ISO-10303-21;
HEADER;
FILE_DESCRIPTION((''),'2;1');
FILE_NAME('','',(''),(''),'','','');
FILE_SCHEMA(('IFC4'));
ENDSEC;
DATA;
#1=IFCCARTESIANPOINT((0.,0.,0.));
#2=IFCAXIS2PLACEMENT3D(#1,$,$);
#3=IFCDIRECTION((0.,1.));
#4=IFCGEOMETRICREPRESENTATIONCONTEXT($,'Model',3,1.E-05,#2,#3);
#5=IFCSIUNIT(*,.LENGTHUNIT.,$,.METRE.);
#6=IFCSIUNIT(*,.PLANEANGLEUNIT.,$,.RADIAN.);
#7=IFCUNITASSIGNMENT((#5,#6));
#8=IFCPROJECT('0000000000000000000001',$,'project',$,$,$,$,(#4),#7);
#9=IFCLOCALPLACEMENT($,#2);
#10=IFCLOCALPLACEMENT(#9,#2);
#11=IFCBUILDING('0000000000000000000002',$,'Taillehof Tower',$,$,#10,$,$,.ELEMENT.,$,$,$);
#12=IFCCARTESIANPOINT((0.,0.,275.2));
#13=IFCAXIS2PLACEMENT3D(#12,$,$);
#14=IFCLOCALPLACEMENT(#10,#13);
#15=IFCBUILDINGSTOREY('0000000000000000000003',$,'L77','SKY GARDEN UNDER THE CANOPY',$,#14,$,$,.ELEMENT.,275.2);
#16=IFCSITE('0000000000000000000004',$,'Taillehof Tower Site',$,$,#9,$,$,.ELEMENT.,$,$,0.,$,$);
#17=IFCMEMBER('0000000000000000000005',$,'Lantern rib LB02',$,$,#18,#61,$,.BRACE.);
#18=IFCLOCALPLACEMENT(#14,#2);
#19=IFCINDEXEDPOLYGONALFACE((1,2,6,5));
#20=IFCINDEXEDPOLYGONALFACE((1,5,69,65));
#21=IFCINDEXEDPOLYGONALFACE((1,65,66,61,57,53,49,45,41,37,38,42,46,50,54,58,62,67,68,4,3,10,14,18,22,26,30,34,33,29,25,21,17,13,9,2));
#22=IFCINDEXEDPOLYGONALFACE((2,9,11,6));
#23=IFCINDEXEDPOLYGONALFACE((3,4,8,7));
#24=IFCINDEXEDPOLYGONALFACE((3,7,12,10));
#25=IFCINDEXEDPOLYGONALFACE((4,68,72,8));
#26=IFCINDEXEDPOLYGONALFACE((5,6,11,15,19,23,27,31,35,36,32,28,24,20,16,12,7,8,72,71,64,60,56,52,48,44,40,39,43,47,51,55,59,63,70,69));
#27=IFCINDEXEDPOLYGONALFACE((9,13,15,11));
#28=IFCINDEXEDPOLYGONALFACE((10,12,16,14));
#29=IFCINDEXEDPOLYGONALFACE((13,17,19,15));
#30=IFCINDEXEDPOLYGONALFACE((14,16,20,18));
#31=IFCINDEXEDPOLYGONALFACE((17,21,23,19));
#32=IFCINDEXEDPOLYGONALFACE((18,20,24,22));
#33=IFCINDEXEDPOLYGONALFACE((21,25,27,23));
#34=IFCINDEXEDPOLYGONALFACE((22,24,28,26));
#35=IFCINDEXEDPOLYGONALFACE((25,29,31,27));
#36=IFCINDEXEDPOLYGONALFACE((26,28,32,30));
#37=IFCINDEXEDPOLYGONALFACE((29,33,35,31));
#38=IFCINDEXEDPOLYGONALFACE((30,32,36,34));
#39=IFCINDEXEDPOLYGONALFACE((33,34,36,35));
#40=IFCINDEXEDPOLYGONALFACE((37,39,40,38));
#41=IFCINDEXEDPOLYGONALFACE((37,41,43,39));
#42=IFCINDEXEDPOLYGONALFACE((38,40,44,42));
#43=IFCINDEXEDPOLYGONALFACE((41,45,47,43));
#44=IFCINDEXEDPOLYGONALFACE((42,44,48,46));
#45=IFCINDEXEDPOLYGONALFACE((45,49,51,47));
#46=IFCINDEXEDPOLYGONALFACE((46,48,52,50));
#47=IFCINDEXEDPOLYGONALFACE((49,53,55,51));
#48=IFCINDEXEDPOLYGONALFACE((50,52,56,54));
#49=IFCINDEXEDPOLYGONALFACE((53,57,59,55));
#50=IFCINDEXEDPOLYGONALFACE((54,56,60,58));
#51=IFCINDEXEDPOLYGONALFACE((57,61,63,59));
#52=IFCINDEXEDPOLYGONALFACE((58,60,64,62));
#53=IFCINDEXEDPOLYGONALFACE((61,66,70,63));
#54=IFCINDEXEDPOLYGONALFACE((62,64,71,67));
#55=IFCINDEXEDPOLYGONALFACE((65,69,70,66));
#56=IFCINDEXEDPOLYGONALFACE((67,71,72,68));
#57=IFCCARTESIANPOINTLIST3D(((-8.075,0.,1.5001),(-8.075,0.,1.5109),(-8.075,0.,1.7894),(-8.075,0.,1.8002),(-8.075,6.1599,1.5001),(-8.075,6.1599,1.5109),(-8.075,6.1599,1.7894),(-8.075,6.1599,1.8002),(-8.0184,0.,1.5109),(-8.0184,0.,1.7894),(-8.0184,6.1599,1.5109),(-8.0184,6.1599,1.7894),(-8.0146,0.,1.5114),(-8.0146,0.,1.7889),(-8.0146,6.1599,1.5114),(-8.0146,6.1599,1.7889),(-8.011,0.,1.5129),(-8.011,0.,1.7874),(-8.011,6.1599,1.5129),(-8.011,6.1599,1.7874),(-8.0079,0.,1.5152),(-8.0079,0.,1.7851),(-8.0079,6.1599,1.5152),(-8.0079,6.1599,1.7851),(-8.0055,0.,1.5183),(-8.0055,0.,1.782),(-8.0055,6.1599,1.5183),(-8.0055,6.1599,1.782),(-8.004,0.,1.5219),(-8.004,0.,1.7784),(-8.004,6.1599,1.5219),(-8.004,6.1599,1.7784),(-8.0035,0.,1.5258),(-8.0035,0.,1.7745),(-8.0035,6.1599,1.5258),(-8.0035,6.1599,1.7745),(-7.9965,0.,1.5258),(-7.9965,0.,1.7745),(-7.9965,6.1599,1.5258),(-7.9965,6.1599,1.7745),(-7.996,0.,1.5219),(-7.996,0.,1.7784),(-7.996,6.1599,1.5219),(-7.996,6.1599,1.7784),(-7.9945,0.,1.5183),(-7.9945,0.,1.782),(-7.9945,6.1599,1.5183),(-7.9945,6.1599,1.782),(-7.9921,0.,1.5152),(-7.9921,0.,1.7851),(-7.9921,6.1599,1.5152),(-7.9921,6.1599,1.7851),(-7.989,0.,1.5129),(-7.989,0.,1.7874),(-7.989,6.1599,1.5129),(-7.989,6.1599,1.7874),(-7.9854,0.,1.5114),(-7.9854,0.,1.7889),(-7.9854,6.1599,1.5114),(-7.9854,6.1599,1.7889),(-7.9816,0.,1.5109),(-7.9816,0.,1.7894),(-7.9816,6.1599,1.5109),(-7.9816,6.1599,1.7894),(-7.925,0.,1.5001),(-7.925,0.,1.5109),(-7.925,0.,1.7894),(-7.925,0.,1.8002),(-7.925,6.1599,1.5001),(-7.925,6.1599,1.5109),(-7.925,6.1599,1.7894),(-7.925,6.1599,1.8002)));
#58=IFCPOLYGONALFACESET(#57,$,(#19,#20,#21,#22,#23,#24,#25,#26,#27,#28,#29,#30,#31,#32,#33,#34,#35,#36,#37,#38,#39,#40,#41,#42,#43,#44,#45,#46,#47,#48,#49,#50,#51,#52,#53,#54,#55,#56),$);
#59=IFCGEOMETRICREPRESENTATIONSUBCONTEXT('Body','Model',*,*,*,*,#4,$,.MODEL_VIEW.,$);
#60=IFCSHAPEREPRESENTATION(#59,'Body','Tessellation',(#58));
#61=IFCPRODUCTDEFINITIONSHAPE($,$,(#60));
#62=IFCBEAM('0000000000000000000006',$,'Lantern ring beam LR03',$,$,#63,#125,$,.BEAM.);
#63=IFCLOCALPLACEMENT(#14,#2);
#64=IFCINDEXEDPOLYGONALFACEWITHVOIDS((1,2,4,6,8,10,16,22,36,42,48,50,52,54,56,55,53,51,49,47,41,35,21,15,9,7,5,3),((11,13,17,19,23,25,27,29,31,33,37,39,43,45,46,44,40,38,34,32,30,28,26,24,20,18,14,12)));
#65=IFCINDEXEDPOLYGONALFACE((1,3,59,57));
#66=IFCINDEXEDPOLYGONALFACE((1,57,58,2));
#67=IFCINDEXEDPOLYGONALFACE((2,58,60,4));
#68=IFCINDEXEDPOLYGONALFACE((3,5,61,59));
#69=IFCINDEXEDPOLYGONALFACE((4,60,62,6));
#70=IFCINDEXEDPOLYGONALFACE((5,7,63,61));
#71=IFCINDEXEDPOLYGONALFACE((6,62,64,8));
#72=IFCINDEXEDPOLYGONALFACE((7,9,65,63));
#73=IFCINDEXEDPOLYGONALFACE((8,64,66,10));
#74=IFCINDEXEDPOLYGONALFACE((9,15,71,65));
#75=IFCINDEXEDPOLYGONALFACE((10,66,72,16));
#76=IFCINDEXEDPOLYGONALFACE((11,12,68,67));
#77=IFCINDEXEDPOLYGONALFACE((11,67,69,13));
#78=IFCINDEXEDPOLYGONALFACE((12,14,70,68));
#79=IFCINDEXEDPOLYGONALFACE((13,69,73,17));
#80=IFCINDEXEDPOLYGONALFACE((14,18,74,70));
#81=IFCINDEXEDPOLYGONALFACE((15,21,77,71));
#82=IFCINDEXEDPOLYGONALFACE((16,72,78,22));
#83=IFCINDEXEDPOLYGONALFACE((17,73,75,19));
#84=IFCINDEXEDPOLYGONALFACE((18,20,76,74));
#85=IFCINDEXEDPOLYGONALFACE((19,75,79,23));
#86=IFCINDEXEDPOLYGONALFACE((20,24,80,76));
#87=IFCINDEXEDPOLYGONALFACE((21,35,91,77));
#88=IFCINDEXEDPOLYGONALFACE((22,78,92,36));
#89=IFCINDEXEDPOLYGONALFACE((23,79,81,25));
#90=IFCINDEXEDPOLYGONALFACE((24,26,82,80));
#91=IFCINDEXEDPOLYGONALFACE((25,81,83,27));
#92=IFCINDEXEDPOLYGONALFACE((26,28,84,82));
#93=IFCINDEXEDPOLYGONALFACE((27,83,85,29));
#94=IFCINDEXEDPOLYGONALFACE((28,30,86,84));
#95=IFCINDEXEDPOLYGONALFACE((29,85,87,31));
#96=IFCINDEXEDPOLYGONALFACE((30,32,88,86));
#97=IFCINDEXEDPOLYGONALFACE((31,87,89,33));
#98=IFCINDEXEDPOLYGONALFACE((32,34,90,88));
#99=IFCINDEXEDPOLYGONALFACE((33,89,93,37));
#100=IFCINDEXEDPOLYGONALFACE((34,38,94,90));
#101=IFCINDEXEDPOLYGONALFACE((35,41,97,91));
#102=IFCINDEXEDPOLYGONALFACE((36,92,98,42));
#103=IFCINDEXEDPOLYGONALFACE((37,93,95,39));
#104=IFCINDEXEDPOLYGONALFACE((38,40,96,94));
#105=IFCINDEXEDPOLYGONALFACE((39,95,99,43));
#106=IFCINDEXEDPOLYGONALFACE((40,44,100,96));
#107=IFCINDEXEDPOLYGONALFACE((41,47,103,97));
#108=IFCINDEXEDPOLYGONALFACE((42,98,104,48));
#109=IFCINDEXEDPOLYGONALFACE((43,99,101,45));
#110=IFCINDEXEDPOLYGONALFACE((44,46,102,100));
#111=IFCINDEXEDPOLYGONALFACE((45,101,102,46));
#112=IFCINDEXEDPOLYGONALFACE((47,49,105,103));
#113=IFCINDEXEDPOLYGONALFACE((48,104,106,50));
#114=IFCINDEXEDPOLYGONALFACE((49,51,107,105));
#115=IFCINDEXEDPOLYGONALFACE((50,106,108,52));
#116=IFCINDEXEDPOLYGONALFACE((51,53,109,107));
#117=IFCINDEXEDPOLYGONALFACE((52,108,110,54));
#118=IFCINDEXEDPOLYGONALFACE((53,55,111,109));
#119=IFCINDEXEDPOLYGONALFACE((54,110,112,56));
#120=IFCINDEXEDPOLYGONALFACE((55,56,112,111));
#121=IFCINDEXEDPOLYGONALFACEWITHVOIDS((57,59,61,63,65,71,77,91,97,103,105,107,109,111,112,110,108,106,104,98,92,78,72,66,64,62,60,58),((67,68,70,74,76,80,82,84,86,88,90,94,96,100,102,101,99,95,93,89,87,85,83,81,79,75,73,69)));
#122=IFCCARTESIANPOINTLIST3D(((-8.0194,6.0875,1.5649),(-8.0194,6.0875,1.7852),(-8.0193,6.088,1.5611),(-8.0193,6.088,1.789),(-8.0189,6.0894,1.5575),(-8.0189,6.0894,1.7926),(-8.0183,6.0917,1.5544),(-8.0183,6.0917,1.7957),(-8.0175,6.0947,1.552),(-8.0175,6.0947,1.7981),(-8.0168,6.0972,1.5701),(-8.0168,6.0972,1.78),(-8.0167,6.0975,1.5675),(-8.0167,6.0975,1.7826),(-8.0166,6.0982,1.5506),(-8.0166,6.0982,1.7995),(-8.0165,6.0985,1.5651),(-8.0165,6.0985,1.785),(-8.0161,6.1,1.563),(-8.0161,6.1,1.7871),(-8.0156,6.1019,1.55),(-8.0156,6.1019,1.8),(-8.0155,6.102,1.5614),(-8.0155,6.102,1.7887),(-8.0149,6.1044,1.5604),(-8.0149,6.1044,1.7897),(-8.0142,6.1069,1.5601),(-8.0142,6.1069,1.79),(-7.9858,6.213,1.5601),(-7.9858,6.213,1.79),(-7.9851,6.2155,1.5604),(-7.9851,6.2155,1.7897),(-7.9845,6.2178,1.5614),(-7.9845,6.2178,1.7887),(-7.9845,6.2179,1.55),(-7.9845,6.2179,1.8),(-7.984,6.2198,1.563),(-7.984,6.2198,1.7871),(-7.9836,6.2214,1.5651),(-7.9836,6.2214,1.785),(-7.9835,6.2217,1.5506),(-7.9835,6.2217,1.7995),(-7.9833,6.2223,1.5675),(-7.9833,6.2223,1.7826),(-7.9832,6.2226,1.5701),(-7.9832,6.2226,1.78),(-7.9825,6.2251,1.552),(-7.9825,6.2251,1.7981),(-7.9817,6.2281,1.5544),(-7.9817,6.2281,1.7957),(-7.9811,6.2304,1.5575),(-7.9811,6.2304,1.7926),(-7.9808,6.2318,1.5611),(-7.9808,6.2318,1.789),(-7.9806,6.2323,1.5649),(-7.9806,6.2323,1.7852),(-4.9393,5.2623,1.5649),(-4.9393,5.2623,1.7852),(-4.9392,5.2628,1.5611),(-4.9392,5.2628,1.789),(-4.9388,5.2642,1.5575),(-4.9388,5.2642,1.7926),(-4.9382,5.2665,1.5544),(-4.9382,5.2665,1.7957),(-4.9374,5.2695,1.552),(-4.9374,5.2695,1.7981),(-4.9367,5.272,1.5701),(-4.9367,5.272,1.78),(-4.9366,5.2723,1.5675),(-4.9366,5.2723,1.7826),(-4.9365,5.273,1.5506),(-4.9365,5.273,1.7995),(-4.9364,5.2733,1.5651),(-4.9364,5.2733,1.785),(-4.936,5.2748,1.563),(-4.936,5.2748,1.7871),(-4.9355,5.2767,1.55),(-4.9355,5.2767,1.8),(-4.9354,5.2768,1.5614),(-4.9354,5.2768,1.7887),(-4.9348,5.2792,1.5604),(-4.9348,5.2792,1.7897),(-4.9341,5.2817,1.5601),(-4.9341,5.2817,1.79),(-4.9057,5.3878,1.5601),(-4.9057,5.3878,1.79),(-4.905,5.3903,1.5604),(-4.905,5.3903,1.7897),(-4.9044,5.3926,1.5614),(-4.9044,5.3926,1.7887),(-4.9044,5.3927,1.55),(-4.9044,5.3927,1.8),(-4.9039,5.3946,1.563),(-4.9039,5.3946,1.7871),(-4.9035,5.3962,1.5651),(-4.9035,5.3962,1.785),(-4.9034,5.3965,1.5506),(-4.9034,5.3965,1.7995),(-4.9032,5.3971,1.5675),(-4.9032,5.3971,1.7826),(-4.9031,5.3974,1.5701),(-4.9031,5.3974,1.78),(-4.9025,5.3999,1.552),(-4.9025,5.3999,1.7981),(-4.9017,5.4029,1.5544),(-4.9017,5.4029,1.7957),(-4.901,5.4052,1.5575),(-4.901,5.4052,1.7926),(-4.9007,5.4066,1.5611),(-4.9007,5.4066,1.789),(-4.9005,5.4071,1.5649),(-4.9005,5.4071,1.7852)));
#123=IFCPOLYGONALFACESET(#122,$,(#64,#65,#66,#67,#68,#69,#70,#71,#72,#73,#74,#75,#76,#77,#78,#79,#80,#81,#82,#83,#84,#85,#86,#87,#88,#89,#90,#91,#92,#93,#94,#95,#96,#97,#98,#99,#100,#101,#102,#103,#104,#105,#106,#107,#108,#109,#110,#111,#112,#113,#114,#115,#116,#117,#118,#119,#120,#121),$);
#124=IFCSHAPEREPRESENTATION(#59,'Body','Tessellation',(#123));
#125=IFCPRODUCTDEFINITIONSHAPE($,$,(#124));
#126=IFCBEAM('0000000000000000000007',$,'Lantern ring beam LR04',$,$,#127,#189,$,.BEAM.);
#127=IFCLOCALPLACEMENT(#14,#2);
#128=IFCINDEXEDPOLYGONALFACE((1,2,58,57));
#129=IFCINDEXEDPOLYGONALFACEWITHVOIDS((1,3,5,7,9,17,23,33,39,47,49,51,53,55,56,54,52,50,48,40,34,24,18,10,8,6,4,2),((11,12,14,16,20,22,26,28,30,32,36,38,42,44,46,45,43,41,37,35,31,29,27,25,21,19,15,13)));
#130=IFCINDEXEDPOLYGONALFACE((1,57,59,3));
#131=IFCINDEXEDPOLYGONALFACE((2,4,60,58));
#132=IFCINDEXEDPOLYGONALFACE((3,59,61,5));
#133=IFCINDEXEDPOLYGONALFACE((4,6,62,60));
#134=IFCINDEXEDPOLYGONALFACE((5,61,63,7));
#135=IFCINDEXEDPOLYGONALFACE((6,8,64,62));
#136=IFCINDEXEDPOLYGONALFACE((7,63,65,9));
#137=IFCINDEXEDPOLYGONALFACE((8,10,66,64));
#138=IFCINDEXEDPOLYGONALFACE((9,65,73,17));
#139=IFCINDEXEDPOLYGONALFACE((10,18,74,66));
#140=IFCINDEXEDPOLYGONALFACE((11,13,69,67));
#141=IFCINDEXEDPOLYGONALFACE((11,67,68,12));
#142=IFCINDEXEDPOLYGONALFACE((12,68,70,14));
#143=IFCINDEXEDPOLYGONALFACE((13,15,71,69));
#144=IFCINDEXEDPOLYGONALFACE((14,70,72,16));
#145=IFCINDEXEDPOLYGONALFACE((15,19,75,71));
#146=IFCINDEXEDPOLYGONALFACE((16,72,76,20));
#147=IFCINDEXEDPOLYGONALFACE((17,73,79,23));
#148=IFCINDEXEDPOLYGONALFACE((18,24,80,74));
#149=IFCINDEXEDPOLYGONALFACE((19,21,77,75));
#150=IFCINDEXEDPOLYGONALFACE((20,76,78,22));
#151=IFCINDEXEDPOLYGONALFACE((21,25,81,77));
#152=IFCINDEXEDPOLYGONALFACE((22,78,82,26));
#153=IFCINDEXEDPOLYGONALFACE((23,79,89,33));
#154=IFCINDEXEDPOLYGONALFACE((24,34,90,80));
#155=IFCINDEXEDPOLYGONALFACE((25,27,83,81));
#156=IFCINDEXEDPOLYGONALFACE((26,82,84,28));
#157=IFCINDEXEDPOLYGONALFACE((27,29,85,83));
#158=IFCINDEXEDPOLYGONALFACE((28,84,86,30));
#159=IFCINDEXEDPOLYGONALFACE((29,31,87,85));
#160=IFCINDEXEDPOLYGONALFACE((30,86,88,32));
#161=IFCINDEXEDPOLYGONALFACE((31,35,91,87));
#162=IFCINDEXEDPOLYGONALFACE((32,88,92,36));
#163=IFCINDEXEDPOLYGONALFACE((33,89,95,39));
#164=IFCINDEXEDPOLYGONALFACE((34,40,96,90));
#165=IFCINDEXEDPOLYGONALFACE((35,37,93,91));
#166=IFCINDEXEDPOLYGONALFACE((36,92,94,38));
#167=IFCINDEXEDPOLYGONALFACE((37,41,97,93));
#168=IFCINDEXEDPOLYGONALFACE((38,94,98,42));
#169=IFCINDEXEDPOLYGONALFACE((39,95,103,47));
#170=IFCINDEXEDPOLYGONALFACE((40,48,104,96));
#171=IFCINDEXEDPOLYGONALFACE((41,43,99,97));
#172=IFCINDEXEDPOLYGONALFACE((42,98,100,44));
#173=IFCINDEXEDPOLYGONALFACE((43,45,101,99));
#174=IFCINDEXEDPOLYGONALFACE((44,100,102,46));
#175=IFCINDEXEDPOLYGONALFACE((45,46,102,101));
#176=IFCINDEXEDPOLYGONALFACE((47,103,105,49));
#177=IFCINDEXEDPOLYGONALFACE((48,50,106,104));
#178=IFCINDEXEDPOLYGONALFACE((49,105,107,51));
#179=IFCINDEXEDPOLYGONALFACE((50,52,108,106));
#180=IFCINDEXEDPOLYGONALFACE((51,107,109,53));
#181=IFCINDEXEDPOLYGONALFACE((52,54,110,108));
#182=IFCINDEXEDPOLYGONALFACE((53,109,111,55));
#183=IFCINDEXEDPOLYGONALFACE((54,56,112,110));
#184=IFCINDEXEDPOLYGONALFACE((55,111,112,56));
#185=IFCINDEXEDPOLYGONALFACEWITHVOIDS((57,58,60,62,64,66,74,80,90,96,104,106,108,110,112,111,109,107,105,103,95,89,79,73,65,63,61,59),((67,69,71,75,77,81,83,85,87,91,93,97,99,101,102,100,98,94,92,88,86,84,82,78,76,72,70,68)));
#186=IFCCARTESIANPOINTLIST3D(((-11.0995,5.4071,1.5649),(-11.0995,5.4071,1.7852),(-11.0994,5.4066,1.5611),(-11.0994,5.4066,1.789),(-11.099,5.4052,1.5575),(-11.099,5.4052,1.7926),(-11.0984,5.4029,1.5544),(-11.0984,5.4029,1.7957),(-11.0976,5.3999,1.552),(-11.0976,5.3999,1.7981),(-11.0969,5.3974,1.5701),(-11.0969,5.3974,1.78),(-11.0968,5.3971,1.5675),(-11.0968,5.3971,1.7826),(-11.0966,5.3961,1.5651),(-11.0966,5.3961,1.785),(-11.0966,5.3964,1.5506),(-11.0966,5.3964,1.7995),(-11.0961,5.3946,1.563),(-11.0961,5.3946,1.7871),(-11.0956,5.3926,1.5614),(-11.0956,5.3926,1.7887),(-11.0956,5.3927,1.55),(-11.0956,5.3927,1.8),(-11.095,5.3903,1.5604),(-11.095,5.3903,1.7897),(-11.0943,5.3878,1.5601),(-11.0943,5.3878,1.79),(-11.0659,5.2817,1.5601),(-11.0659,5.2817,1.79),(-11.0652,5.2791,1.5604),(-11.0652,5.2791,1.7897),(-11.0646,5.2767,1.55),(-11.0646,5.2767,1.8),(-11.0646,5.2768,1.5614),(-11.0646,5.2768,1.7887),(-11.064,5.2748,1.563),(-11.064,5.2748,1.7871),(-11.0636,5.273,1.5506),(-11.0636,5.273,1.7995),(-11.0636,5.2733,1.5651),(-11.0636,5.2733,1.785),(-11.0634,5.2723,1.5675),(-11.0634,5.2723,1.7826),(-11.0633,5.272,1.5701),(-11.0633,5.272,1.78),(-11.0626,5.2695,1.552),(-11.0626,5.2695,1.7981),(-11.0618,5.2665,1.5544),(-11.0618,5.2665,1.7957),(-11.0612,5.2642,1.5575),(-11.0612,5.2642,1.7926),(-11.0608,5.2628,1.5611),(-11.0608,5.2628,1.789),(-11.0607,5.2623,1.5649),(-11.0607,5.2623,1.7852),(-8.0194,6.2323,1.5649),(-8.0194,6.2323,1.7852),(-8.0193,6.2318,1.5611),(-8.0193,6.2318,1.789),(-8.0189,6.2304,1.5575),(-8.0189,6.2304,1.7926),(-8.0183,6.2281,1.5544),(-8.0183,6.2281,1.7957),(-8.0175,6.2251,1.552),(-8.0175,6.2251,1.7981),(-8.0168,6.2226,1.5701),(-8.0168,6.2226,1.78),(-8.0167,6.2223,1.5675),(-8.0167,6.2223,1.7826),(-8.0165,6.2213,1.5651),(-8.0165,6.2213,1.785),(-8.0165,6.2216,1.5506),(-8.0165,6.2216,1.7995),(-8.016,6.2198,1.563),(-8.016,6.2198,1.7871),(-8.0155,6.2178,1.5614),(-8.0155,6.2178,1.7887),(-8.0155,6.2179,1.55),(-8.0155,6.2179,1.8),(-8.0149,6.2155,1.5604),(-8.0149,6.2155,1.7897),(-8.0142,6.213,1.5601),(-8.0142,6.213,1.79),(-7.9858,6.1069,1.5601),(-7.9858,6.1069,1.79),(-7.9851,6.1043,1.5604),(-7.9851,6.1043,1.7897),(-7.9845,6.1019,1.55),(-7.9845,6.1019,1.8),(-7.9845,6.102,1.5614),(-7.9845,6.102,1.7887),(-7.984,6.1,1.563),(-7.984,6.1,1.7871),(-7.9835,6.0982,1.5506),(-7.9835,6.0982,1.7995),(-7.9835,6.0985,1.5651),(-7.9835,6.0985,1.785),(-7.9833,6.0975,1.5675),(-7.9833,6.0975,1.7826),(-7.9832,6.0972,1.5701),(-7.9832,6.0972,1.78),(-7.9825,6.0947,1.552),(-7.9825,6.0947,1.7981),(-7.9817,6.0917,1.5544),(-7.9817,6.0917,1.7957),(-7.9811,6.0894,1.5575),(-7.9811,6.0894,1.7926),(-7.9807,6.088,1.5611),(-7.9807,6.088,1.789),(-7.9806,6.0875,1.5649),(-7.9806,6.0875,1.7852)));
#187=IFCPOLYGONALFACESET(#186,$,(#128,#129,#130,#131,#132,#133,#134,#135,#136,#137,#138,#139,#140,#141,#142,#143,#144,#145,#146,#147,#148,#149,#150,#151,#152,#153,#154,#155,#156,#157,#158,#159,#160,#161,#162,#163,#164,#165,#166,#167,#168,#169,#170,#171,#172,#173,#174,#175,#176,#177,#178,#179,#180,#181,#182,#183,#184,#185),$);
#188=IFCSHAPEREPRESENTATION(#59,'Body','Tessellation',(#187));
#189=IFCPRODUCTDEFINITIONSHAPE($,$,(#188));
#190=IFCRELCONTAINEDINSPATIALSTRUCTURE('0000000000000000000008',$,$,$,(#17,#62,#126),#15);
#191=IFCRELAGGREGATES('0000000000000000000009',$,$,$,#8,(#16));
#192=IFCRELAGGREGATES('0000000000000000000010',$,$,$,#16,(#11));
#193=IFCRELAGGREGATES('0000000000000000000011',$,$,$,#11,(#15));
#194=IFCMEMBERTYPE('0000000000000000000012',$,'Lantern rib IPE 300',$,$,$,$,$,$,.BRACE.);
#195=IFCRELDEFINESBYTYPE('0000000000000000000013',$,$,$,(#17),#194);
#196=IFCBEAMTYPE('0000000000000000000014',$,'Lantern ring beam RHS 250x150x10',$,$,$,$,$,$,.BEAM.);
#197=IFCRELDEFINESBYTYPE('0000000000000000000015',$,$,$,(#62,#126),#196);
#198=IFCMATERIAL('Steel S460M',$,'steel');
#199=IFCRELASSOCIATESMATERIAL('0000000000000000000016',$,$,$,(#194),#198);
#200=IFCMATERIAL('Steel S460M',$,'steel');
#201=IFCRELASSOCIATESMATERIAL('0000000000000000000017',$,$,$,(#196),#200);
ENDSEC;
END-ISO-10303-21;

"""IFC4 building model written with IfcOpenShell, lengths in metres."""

from ifc_helpers import new_model, si_unit, direction, frame, origin, origin_2d, place, context, subcontext, project, spatial, hollow_rectangle, i_section, extrude, material, material_profile, profile_set, type_object, element, save


model = new_model("IFC4")

# Units and contexts
model_context = context("Model", 3, precision=1e-05, world=origin(), true_north=direction((0.0, 1.0)))
body_context = subcontext(model_context, "Body", "Model", "MODEL_VIEW")
ifc_project = project(units=[si_unit("LENGTHUNIT", "METRE"), si_unit("PLANEANGLEUNIT", "RADIAN")], contexts=[model_context])

# Site, building, storey
site_placement = place(None, origin())
site = spatial("IfcSite", under=ifc_project, at=site_placement, Name="Taillehof Tower Site", CompositionType="ELEMENT", RefElevation=0.0)
building_placement = place(site_placement, origin())
building = spatial("IfcBuilding", under=site, at=building_placement, Name="Taillehof Tower", CompositionType="ELEMENT")
storey_placement = place(building_placement, frame((0.0, 0.0, 275.2)))
storey = spatial("IfcBuildingStorey", under=building, at=storey_placement, Name="L77", Description="SKY GARDEN UNDER THE CANOPY", CompositionType="ELEMENT", Elevation=275.2)

# Member
ifc_material_1 = material(Name="Steel S460M", Category="steel")
ifc_material_profile_1 = material_profile(ifc_material_1, i_section(OverallWidth=0.1499, OverallDepth=0.3, WebThickness=0.0071, FlangeThickness=0.0107, FilletRadius=0.0149, at=origin_2d()), Name="IPE 300")
ifc_profile_set_1 = profile_set([ifc_material_profile_1], Name="Steel S460M")
member_type_1 = type_object("IfcMemberType", Name="Lantern rib IPE 300", PredefinedType="BRACE", material=ifc_profile_set_1)
member_1_placement = place(storey_placement, frame((-8.0, 6.1599, 1.6501), z_axis=(0.0, -1.0, 0.0), x_axis=(1.0, 0.0, 0.0)))
element("IfcMember", 1, at=member_1_placement, inside=storey, type_object=member_type_1, Name="Lantern rib LB02", PredefinedType="BRACE", context=body_context, shape_type="SweptSolid", body=[
    extrude(i_section(OverallWidth=0.1499, OverallDepth=0.3, WebThickness=0.0071, FlangeThickness=0.0107, FilletRadius=0.0149, at=origin_2d()), origin(), (0.0, 0.0, 1.0), 6.1599),
])

# Beams
ifc_material_2 = material(Name="Steel S460M", Category="steel")
ifc_material_profile_2 = material_profile(ifc_material_2, hollow_rectangle(XDim=0.1499, YDim=0.25, WallThickness=0.01, InnerFilletRadius=0.01, OuterFilletRadius=0.0149, at=origin_2d()), Name="RHS 250x150x10")
ifc_profile_set_2 = profile_set([ifc_material_profile_2], Name="Steel S460M")
beam_type = type_object("IfcBeamType", Name="Lantern ring beam RHS 250x150x10", PredefinedType="BEAM", material=ifc_profile_set_2)
for number, where, z_axis, x_axis, name in (
    (2, (-4.9199, 5.3347, 1.675), (-0.965934, 0.258787, 0.0), (-0.258787, -0.965934, 0.0), "Lantern ring beam LR03"),
    (3, (-8.0, 6.1599, 1.675), (-0.965934, -0.258787, 0.0), (0.258787, -0.965934, 0.0), "Lantern ring beam LR04"),
):
    element("IfcBeam", number, at=place(storey_placement, frame(where, z_axis=z_axis, x_axis=x_axis)), inside=storey, type_object=beam_type, Name=name, PredefinedType="BEAM", context=body_context, shape_type="SweptSolid", body=[
        extrude(hollow_rectangle(XDim=0.1499, YDim=0.25, WallThickness=0.01, InnerFilletRadius=0.01, OuterFilletRadius=0.0149, at=origin_2d()), origin(), (0.0, 0.0, 1.0), 3.1887),
    ])

save(model, "model.ifc")
